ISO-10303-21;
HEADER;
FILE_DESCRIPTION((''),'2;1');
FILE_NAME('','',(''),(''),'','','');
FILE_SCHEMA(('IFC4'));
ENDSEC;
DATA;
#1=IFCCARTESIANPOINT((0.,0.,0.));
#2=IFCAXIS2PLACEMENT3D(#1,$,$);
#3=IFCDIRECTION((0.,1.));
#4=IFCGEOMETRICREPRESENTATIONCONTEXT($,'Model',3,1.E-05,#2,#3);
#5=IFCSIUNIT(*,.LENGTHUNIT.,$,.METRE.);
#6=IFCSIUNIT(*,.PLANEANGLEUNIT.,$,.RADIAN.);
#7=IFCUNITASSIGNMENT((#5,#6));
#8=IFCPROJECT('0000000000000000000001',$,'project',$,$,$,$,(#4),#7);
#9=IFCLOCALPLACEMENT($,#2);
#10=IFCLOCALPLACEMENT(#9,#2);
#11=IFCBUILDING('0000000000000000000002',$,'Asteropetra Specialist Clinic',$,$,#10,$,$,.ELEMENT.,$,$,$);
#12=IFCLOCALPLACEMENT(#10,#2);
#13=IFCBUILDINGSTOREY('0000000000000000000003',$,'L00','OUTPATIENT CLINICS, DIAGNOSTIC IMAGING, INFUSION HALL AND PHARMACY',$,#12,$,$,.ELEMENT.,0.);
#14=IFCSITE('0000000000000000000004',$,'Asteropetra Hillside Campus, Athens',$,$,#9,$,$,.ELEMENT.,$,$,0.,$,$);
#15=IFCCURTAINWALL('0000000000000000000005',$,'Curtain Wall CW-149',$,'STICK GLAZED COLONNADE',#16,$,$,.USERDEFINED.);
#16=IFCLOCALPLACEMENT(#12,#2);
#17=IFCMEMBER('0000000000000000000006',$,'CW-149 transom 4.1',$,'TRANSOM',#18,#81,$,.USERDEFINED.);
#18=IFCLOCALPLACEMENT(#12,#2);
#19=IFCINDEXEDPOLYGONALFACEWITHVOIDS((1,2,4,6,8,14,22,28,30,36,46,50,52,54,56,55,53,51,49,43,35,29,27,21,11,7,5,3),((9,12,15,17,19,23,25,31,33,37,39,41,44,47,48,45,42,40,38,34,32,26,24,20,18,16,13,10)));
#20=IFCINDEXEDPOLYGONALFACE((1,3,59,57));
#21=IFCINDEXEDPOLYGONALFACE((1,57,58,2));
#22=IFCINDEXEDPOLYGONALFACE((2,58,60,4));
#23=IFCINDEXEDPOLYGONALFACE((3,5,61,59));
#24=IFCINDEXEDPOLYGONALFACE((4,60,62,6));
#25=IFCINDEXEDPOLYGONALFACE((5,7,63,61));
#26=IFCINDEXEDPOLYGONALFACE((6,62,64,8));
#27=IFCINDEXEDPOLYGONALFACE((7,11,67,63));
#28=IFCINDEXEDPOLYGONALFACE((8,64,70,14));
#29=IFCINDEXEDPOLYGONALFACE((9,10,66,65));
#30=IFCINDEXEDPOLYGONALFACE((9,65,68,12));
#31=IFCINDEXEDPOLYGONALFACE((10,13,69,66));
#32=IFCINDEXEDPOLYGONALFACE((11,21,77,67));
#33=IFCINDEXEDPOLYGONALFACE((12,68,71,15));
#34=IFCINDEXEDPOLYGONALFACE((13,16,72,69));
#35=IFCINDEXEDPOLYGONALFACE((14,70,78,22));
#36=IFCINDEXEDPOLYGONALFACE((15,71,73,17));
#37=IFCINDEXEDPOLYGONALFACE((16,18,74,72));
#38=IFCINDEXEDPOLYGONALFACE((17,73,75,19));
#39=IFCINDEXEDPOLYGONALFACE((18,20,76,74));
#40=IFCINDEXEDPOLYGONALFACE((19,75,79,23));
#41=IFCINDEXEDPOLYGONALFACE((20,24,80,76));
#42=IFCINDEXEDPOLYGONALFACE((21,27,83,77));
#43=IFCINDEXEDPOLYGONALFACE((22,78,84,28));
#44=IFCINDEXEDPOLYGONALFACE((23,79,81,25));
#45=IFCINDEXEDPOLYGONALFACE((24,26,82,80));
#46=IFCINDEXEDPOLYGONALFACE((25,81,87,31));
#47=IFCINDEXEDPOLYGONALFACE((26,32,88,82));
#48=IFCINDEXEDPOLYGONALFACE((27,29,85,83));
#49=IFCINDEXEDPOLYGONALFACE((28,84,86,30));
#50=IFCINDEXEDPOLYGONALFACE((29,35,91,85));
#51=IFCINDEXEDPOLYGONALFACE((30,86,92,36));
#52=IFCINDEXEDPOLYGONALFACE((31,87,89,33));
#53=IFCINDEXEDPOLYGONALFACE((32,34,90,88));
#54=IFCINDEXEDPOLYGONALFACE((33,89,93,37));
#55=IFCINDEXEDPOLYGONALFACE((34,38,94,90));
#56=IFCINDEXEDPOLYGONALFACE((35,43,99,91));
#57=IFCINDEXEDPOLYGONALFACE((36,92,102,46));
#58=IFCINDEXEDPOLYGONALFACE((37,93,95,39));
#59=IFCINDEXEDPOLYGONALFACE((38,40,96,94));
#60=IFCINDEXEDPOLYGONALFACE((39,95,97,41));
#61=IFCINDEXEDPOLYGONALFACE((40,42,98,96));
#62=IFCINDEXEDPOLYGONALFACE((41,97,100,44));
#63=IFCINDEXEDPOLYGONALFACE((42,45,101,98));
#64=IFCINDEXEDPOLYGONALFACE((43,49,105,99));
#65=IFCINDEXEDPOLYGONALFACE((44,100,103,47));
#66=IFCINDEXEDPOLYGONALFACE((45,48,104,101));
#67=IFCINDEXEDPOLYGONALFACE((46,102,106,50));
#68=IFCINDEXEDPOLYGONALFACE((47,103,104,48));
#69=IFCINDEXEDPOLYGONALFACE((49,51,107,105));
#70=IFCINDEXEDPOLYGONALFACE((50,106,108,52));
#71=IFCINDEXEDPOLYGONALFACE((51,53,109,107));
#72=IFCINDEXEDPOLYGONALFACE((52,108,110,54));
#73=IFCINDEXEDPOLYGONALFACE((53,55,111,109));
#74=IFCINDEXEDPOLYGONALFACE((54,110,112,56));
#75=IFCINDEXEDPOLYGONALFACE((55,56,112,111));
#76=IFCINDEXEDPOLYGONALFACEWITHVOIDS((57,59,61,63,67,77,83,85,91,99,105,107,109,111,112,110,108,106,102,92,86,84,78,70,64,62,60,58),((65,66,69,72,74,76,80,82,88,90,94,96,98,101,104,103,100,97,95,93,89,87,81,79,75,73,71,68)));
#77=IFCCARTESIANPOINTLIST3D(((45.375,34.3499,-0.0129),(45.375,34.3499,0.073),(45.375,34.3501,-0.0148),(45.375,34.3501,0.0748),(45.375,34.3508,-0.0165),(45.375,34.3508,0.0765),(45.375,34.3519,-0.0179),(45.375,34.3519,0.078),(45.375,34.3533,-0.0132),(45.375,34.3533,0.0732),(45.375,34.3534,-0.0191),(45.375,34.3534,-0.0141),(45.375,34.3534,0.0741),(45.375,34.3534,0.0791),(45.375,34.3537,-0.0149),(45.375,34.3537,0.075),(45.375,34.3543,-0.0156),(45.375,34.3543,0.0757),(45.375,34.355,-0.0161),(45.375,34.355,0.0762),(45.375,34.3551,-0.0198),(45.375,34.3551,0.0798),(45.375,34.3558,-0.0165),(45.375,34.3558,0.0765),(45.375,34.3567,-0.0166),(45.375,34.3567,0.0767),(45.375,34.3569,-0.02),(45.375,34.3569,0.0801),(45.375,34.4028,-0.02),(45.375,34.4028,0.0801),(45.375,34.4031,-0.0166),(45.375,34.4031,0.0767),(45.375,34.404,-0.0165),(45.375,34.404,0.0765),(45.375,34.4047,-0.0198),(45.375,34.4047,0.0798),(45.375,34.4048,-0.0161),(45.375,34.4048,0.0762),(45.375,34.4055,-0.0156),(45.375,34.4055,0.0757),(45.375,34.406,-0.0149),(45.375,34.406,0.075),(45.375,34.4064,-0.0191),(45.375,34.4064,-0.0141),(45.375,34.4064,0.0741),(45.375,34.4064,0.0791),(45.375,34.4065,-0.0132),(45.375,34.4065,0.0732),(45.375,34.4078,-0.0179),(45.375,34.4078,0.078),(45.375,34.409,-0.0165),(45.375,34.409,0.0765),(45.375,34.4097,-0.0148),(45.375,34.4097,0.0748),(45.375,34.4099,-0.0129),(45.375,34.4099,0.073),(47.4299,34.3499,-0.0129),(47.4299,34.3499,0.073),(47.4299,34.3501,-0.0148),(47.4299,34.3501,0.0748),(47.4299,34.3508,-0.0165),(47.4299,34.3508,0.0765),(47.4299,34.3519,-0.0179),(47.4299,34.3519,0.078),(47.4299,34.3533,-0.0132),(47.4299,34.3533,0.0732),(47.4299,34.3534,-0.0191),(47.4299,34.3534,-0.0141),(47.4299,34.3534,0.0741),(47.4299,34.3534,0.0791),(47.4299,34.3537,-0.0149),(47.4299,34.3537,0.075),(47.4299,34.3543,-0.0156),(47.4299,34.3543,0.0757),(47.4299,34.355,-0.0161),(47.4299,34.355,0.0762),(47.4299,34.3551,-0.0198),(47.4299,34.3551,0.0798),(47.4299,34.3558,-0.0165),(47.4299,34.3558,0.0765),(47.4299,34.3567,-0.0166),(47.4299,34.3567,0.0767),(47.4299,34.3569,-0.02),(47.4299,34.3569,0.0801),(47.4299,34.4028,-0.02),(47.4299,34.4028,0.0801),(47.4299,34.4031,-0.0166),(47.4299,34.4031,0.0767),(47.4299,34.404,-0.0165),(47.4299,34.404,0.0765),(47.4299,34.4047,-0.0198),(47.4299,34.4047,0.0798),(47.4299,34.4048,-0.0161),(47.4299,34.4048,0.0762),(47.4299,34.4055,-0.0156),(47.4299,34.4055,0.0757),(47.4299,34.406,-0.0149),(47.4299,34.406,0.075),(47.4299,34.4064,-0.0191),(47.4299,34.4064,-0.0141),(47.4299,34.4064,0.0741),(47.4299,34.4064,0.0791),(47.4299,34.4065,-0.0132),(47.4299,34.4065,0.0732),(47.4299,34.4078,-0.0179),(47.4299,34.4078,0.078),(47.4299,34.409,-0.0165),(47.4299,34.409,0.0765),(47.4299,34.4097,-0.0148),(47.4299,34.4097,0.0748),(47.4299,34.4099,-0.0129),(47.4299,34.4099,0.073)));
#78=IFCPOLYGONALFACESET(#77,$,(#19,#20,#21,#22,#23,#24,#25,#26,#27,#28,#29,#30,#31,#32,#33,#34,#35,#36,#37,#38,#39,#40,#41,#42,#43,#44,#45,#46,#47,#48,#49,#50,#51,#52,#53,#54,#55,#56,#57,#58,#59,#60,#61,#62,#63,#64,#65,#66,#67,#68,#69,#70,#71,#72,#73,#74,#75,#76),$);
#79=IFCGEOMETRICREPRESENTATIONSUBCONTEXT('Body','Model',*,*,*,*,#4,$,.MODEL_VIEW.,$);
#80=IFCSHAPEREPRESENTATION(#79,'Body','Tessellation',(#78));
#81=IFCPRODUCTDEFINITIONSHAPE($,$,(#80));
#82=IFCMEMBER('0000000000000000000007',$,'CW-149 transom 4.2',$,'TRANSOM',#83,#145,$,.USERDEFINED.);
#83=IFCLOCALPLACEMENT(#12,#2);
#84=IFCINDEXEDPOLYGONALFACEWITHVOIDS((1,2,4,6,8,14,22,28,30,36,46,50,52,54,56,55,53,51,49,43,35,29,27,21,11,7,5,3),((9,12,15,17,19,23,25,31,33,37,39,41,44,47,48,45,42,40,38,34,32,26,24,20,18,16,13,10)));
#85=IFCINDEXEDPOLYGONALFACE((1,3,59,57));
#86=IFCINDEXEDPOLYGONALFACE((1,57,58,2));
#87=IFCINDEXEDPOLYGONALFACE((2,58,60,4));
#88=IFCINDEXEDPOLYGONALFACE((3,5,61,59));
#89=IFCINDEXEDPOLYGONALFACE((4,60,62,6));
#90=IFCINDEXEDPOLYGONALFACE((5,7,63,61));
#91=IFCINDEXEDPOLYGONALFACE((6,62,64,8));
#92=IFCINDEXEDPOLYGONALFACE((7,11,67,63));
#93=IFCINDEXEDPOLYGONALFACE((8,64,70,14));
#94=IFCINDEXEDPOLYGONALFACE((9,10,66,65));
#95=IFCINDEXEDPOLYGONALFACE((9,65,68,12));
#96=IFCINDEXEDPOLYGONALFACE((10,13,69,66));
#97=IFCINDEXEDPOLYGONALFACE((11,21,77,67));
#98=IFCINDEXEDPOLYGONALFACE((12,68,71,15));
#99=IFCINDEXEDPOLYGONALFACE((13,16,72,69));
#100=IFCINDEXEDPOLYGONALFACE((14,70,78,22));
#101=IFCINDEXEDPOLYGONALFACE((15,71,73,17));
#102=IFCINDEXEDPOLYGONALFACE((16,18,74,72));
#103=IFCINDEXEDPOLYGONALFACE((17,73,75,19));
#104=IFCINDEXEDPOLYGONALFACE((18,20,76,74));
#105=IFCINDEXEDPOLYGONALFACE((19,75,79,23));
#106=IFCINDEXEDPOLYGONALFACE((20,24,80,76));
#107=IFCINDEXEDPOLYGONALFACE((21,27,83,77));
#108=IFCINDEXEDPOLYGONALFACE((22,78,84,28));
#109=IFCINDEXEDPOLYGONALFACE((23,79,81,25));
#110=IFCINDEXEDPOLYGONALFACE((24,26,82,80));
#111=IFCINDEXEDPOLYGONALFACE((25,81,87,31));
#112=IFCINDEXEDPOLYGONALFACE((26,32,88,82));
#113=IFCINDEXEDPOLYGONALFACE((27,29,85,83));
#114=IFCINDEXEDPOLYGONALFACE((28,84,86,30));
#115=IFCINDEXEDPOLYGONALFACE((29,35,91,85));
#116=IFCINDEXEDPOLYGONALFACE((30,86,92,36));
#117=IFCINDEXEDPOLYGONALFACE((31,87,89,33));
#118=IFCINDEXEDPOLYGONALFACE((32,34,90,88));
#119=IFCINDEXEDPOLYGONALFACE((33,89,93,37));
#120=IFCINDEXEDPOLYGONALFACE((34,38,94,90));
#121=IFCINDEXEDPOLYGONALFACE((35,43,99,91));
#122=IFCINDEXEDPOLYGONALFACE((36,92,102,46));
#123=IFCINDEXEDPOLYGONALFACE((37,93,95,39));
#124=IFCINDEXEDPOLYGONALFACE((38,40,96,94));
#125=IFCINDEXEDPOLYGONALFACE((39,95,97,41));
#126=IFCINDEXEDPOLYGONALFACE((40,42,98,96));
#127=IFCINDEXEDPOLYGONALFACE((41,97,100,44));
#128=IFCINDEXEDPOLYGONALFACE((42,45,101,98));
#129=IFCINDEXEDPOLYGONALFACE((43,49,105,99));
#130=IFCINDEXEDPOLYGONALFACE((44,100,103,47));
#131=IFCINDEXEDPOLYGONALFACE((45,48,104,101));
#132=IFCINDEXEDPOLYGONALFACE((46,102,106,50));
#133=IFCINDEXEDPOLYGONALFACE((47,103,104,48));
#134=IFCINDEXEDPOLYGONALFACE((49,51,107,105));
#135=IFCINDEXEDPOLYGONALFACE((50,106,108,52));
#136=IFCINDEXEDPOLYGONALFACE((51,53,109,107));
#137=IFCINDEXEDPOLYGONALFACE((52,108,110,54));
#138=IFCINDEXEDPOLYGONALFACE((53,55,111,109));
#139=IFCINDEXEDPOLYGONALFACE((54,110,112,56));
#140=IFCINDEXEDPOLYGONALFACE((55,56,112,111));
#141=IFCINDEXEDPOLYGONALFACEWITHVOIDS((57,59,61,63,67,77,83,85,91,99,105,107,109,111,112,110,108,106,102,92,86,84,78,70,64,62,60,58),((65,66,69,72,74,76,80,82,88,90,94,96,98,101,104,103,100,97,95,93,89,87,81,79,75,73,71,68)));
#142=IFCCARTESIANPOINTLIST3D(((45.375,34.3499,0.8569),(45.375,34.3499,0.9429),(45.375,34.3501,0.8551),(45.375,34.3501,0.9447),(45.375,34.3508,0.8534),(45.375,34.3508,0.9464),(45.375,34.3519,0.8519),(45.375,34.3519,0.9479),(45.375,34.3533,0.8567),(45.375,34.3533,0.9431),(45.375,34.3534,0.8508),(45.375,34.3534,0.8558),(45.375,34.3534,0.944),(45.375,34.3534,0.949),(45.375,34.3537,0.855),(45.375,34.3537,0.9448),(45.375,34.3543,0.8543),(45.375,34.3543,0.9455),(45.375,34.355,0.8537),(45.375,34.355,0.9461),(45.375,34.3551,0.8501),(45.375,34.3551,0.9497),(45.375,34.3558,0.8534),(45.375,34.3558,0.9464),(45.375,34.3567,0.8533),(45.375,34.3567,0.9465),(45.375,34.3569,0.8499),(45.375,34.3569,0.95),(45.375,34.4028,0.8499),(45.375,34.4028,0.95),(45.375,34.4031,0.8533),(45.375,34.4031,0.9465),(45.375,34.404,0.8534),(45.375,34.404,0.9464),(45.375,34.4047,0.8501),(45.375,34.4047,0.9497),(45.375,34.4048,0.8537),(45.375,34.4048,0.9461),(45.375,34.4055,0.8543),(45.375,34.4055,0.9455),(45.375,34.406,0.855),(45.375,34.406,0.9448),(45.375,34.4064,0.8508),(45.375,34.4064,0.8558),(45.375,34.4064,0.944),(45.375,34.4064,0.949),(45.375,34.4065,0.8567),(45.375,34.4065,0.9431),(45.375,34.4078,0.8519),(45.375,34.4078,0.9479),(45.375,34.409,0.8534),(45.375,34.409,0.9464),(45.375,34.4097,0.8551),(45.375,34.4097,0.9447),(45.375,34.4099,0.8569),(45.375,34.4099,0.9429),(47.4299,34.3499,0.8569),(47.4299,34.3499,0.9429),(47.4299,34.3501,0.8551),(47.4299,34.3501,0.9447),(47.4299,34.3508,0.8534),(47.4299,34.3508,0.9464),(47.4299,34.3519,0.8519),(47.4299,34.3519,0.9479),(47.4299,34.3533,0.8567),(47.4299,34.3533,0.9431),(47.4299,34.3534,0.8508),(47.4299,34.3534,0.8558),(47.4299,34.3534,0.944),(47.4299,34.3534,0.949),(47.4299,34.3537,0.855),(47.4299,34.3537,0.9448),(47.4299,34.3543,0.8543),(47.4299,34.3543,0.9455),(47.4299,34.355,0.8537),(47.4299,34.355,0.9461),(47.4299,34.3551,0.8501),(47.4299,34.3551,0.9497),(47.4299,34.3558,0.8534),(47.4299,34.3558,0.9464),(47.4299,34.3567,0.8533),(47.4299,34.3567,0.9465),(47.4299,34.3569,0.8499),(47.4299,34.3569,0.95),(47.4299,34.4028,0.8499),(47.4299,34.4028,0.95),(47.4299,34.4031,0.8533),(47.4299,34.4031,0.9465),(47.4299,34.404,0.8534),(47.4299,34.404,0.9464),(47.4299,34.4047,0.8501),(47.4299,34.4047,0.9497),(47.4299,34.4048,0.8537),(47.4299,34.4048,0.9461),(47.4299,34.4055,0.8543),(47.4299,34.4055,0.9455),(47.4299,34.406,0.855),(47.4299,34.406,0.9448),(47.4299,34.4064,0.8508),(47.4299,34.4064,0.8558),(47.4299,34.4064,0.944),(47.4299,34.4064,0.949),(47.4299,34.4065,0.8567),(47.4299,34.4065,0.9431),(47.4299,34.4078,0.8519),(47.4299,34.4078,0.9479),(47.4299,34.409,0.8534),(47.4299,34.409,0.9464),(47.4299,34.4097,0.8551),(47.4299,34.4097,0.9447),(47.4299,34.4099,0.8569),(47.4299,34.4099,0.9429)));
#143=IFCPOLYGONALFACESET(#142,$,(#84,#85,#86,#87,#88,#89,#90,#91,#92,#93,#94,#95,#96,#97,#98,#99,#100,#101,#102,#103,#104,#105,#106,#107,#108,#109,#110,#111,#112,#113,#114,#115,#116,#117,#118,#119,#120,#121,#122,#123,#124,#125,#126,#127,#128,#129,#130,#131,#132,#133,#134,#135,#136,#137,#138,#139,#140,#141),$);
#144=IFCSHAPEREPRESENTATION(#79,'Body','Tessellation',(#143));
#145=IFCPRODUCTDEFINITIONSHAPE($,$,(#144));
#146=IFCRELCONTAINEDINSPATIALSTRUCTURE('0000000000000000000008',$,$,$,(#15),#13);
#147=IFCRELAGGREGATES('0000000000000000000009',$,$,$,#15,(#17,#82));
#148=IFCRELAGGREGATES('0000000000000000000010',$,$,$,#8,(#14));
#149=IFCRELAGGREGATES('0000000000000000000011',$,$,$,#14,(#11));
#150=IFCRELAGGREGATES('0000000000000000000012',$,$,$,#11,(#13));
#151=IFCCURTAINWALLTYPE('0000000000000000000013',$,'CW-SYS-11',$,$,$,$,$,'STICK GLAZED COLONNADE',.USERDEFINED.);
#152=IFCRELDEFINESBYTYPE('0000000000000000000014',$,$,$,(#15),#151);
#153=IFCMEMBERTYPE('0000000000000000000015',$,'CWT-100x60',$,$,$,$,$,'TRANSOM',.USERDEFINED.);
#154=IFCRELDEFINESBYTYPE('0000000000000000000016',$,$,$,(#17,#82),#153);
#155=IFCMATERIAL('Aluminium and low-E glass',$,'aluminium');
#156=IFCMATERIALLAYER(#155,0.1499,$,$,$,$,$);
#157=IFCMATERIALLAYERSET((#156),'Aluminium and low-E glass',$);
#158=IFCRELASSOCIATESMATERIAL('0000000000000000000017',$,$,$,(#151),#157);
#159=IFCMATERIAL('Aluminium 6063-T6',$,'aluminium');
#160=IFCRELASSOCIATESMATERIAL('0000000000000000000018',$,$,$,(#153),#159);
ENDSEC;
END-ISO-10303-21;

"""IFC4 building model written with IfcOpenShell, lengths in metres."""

from ifc_helpers import new_model, si_unit, direction, frame, origin, origin_2d, place, context, subcontext, project, spatial, hollow_rectangle, extrude, material, layer, layer_set, material_profile, profile_set, type_object, element, aggregate, save


model = new_model("IFC4")

# Units and contexts
model_context = context("Model", 3, precision=1e-05, world=origin(), true_north=direction((0.0, 1.0)))
body_context = subcontext(model_context, "Body", "Model", "MODEL_VIEW")
ifc_project = project(units=[si_unit("LENGTHUNIT", "METRE"), si_unit("PLANEANGLEUNIT", "RADIAN")], contexts=[model_context])

# Site, building, storey
site_placement = place(None, origin())
site = spatial("IfcSite", under=ifc_project, at=site_placement, Name="Asteropetra Hillside Campus, Athens", CompositionType="ELEMENT", RefElevation=0.0)
building_placement = place(site_placement, origin())
building = spatial("IfcBuilding", under=site, at=building_placement, Name="Asteropetra Specialist Clinic", CompositionType="ELEMENT")
storey_placement = place(building_placement, origin())
storey = spatial("IfcBuildingStorey", under=building, at=storey_placement, Name="L00", Description="OUTPATIENT CLINICS, DIAGNOSTIC IMAGING, INFUSION HALL AND PHARMACY", CompositionType="ELEMENT", Elevation=0.0)

# Curtain wall, members
ifc_material_1 = material(Name="Aluminium and low-E glass", Category="aluminium")
ifc_layer_1 = layer(ifc_material_1, 0.1499)
ifc_layer_set_1 = layer_set([ifc_layer_1], Name="Aluminium and low-E glass")
curtain_wall_type = type_object("IfcCurtainWallType", Name="CW-SYS-11", ElementType="STICK GLAZED COLONNADE", PredefinedType="USERDEFINED", material=ifc_layer_set_1)
curtain_wall_placement = place(storey_placement, origin())
curtain_wall = element("IfcCurtainWall", 1, at=curtain_wall_placement, inside=storey, type_object=curtain_wall_type, Name="Curtain Wall CW-149", ObjectType="STICK GLAZED COLONNADE", PredefinedType="USERDEFINED")
ifc_material_2 = material(Name="Aluminium 6063-T6", Category="aluminium")
ifc_material_profile_1 = material_profile(ifc_material_2, hollow_rectangle(XDim=0.0601, YDim=0.1001, WallThickness=0.0034, InnerFilletRadius=0.0034, OuterFilletRadius=0.0071, at=origin_2d()), Name="TRN 100x60x3.5")
ifc_profile_set_1 = profile_set([ifc_material_profile_1], Name="Aluminium 6063-T6")
member_type_1 = type_object("IfcMemberType", Name="CWT-100x60", ElementType="TRANSOM", PredefinedType="USERDEFINED", material=ifc_profile_set_1)
member_1_placement = place(storey_placement, frame((45.375, 34.3799, 0.03), z_axis=(1.0, 0.0, 0.0), x_axis=(0.0, 1.0, 0.0)))
member_1 = element("IfcMember", 2, at=member_1_placement, type_object=member_type_1, Name="CW-149 transom 4.1", ObjectType="TRANSOM", PredefinedType="USERDEFINED", context=body_context, shape_type="SweptSolid", body=[
    extrude(hollow_rectangle(XDim=0.0601, YDim=0.1001, WallThickness=0.0034, InnerFilletRadius=0.0034, OuterFilletRadius=0.0071, at=origin_2d()), origin(), (0.0, 0.0, 1.0), 2.0549),
])
member_2_placement = place(storey_placement, frame((45.375, 34.3799, 0.8999), z_axis=(1.0, 0.0, 0.0), x_axis=(0.0, 1.0, 0.0)))
member_2 = element("IfcMember", 3, at=member_2_placement, type_object=member_type_1, Name="CW-149 transom 4.2", ObjectType="TRANSOM", PredefinedType="USERDEFINED", context=body_context, shape_type="SweptSolid", body=[
    extrude(hollow_rectangle(XDim=0.0601, YDim=0.1001, WallThickness=0.0034, InnerFilletRadius=0.0034, OuterFilletRadius=0.0071, at=origin_2d()), origin(), (0.0, 0.0, 1.0), 2.0549),
])

aggregate(curtain_wall, [member_1, member_2])

save(model, "model.ifc")
